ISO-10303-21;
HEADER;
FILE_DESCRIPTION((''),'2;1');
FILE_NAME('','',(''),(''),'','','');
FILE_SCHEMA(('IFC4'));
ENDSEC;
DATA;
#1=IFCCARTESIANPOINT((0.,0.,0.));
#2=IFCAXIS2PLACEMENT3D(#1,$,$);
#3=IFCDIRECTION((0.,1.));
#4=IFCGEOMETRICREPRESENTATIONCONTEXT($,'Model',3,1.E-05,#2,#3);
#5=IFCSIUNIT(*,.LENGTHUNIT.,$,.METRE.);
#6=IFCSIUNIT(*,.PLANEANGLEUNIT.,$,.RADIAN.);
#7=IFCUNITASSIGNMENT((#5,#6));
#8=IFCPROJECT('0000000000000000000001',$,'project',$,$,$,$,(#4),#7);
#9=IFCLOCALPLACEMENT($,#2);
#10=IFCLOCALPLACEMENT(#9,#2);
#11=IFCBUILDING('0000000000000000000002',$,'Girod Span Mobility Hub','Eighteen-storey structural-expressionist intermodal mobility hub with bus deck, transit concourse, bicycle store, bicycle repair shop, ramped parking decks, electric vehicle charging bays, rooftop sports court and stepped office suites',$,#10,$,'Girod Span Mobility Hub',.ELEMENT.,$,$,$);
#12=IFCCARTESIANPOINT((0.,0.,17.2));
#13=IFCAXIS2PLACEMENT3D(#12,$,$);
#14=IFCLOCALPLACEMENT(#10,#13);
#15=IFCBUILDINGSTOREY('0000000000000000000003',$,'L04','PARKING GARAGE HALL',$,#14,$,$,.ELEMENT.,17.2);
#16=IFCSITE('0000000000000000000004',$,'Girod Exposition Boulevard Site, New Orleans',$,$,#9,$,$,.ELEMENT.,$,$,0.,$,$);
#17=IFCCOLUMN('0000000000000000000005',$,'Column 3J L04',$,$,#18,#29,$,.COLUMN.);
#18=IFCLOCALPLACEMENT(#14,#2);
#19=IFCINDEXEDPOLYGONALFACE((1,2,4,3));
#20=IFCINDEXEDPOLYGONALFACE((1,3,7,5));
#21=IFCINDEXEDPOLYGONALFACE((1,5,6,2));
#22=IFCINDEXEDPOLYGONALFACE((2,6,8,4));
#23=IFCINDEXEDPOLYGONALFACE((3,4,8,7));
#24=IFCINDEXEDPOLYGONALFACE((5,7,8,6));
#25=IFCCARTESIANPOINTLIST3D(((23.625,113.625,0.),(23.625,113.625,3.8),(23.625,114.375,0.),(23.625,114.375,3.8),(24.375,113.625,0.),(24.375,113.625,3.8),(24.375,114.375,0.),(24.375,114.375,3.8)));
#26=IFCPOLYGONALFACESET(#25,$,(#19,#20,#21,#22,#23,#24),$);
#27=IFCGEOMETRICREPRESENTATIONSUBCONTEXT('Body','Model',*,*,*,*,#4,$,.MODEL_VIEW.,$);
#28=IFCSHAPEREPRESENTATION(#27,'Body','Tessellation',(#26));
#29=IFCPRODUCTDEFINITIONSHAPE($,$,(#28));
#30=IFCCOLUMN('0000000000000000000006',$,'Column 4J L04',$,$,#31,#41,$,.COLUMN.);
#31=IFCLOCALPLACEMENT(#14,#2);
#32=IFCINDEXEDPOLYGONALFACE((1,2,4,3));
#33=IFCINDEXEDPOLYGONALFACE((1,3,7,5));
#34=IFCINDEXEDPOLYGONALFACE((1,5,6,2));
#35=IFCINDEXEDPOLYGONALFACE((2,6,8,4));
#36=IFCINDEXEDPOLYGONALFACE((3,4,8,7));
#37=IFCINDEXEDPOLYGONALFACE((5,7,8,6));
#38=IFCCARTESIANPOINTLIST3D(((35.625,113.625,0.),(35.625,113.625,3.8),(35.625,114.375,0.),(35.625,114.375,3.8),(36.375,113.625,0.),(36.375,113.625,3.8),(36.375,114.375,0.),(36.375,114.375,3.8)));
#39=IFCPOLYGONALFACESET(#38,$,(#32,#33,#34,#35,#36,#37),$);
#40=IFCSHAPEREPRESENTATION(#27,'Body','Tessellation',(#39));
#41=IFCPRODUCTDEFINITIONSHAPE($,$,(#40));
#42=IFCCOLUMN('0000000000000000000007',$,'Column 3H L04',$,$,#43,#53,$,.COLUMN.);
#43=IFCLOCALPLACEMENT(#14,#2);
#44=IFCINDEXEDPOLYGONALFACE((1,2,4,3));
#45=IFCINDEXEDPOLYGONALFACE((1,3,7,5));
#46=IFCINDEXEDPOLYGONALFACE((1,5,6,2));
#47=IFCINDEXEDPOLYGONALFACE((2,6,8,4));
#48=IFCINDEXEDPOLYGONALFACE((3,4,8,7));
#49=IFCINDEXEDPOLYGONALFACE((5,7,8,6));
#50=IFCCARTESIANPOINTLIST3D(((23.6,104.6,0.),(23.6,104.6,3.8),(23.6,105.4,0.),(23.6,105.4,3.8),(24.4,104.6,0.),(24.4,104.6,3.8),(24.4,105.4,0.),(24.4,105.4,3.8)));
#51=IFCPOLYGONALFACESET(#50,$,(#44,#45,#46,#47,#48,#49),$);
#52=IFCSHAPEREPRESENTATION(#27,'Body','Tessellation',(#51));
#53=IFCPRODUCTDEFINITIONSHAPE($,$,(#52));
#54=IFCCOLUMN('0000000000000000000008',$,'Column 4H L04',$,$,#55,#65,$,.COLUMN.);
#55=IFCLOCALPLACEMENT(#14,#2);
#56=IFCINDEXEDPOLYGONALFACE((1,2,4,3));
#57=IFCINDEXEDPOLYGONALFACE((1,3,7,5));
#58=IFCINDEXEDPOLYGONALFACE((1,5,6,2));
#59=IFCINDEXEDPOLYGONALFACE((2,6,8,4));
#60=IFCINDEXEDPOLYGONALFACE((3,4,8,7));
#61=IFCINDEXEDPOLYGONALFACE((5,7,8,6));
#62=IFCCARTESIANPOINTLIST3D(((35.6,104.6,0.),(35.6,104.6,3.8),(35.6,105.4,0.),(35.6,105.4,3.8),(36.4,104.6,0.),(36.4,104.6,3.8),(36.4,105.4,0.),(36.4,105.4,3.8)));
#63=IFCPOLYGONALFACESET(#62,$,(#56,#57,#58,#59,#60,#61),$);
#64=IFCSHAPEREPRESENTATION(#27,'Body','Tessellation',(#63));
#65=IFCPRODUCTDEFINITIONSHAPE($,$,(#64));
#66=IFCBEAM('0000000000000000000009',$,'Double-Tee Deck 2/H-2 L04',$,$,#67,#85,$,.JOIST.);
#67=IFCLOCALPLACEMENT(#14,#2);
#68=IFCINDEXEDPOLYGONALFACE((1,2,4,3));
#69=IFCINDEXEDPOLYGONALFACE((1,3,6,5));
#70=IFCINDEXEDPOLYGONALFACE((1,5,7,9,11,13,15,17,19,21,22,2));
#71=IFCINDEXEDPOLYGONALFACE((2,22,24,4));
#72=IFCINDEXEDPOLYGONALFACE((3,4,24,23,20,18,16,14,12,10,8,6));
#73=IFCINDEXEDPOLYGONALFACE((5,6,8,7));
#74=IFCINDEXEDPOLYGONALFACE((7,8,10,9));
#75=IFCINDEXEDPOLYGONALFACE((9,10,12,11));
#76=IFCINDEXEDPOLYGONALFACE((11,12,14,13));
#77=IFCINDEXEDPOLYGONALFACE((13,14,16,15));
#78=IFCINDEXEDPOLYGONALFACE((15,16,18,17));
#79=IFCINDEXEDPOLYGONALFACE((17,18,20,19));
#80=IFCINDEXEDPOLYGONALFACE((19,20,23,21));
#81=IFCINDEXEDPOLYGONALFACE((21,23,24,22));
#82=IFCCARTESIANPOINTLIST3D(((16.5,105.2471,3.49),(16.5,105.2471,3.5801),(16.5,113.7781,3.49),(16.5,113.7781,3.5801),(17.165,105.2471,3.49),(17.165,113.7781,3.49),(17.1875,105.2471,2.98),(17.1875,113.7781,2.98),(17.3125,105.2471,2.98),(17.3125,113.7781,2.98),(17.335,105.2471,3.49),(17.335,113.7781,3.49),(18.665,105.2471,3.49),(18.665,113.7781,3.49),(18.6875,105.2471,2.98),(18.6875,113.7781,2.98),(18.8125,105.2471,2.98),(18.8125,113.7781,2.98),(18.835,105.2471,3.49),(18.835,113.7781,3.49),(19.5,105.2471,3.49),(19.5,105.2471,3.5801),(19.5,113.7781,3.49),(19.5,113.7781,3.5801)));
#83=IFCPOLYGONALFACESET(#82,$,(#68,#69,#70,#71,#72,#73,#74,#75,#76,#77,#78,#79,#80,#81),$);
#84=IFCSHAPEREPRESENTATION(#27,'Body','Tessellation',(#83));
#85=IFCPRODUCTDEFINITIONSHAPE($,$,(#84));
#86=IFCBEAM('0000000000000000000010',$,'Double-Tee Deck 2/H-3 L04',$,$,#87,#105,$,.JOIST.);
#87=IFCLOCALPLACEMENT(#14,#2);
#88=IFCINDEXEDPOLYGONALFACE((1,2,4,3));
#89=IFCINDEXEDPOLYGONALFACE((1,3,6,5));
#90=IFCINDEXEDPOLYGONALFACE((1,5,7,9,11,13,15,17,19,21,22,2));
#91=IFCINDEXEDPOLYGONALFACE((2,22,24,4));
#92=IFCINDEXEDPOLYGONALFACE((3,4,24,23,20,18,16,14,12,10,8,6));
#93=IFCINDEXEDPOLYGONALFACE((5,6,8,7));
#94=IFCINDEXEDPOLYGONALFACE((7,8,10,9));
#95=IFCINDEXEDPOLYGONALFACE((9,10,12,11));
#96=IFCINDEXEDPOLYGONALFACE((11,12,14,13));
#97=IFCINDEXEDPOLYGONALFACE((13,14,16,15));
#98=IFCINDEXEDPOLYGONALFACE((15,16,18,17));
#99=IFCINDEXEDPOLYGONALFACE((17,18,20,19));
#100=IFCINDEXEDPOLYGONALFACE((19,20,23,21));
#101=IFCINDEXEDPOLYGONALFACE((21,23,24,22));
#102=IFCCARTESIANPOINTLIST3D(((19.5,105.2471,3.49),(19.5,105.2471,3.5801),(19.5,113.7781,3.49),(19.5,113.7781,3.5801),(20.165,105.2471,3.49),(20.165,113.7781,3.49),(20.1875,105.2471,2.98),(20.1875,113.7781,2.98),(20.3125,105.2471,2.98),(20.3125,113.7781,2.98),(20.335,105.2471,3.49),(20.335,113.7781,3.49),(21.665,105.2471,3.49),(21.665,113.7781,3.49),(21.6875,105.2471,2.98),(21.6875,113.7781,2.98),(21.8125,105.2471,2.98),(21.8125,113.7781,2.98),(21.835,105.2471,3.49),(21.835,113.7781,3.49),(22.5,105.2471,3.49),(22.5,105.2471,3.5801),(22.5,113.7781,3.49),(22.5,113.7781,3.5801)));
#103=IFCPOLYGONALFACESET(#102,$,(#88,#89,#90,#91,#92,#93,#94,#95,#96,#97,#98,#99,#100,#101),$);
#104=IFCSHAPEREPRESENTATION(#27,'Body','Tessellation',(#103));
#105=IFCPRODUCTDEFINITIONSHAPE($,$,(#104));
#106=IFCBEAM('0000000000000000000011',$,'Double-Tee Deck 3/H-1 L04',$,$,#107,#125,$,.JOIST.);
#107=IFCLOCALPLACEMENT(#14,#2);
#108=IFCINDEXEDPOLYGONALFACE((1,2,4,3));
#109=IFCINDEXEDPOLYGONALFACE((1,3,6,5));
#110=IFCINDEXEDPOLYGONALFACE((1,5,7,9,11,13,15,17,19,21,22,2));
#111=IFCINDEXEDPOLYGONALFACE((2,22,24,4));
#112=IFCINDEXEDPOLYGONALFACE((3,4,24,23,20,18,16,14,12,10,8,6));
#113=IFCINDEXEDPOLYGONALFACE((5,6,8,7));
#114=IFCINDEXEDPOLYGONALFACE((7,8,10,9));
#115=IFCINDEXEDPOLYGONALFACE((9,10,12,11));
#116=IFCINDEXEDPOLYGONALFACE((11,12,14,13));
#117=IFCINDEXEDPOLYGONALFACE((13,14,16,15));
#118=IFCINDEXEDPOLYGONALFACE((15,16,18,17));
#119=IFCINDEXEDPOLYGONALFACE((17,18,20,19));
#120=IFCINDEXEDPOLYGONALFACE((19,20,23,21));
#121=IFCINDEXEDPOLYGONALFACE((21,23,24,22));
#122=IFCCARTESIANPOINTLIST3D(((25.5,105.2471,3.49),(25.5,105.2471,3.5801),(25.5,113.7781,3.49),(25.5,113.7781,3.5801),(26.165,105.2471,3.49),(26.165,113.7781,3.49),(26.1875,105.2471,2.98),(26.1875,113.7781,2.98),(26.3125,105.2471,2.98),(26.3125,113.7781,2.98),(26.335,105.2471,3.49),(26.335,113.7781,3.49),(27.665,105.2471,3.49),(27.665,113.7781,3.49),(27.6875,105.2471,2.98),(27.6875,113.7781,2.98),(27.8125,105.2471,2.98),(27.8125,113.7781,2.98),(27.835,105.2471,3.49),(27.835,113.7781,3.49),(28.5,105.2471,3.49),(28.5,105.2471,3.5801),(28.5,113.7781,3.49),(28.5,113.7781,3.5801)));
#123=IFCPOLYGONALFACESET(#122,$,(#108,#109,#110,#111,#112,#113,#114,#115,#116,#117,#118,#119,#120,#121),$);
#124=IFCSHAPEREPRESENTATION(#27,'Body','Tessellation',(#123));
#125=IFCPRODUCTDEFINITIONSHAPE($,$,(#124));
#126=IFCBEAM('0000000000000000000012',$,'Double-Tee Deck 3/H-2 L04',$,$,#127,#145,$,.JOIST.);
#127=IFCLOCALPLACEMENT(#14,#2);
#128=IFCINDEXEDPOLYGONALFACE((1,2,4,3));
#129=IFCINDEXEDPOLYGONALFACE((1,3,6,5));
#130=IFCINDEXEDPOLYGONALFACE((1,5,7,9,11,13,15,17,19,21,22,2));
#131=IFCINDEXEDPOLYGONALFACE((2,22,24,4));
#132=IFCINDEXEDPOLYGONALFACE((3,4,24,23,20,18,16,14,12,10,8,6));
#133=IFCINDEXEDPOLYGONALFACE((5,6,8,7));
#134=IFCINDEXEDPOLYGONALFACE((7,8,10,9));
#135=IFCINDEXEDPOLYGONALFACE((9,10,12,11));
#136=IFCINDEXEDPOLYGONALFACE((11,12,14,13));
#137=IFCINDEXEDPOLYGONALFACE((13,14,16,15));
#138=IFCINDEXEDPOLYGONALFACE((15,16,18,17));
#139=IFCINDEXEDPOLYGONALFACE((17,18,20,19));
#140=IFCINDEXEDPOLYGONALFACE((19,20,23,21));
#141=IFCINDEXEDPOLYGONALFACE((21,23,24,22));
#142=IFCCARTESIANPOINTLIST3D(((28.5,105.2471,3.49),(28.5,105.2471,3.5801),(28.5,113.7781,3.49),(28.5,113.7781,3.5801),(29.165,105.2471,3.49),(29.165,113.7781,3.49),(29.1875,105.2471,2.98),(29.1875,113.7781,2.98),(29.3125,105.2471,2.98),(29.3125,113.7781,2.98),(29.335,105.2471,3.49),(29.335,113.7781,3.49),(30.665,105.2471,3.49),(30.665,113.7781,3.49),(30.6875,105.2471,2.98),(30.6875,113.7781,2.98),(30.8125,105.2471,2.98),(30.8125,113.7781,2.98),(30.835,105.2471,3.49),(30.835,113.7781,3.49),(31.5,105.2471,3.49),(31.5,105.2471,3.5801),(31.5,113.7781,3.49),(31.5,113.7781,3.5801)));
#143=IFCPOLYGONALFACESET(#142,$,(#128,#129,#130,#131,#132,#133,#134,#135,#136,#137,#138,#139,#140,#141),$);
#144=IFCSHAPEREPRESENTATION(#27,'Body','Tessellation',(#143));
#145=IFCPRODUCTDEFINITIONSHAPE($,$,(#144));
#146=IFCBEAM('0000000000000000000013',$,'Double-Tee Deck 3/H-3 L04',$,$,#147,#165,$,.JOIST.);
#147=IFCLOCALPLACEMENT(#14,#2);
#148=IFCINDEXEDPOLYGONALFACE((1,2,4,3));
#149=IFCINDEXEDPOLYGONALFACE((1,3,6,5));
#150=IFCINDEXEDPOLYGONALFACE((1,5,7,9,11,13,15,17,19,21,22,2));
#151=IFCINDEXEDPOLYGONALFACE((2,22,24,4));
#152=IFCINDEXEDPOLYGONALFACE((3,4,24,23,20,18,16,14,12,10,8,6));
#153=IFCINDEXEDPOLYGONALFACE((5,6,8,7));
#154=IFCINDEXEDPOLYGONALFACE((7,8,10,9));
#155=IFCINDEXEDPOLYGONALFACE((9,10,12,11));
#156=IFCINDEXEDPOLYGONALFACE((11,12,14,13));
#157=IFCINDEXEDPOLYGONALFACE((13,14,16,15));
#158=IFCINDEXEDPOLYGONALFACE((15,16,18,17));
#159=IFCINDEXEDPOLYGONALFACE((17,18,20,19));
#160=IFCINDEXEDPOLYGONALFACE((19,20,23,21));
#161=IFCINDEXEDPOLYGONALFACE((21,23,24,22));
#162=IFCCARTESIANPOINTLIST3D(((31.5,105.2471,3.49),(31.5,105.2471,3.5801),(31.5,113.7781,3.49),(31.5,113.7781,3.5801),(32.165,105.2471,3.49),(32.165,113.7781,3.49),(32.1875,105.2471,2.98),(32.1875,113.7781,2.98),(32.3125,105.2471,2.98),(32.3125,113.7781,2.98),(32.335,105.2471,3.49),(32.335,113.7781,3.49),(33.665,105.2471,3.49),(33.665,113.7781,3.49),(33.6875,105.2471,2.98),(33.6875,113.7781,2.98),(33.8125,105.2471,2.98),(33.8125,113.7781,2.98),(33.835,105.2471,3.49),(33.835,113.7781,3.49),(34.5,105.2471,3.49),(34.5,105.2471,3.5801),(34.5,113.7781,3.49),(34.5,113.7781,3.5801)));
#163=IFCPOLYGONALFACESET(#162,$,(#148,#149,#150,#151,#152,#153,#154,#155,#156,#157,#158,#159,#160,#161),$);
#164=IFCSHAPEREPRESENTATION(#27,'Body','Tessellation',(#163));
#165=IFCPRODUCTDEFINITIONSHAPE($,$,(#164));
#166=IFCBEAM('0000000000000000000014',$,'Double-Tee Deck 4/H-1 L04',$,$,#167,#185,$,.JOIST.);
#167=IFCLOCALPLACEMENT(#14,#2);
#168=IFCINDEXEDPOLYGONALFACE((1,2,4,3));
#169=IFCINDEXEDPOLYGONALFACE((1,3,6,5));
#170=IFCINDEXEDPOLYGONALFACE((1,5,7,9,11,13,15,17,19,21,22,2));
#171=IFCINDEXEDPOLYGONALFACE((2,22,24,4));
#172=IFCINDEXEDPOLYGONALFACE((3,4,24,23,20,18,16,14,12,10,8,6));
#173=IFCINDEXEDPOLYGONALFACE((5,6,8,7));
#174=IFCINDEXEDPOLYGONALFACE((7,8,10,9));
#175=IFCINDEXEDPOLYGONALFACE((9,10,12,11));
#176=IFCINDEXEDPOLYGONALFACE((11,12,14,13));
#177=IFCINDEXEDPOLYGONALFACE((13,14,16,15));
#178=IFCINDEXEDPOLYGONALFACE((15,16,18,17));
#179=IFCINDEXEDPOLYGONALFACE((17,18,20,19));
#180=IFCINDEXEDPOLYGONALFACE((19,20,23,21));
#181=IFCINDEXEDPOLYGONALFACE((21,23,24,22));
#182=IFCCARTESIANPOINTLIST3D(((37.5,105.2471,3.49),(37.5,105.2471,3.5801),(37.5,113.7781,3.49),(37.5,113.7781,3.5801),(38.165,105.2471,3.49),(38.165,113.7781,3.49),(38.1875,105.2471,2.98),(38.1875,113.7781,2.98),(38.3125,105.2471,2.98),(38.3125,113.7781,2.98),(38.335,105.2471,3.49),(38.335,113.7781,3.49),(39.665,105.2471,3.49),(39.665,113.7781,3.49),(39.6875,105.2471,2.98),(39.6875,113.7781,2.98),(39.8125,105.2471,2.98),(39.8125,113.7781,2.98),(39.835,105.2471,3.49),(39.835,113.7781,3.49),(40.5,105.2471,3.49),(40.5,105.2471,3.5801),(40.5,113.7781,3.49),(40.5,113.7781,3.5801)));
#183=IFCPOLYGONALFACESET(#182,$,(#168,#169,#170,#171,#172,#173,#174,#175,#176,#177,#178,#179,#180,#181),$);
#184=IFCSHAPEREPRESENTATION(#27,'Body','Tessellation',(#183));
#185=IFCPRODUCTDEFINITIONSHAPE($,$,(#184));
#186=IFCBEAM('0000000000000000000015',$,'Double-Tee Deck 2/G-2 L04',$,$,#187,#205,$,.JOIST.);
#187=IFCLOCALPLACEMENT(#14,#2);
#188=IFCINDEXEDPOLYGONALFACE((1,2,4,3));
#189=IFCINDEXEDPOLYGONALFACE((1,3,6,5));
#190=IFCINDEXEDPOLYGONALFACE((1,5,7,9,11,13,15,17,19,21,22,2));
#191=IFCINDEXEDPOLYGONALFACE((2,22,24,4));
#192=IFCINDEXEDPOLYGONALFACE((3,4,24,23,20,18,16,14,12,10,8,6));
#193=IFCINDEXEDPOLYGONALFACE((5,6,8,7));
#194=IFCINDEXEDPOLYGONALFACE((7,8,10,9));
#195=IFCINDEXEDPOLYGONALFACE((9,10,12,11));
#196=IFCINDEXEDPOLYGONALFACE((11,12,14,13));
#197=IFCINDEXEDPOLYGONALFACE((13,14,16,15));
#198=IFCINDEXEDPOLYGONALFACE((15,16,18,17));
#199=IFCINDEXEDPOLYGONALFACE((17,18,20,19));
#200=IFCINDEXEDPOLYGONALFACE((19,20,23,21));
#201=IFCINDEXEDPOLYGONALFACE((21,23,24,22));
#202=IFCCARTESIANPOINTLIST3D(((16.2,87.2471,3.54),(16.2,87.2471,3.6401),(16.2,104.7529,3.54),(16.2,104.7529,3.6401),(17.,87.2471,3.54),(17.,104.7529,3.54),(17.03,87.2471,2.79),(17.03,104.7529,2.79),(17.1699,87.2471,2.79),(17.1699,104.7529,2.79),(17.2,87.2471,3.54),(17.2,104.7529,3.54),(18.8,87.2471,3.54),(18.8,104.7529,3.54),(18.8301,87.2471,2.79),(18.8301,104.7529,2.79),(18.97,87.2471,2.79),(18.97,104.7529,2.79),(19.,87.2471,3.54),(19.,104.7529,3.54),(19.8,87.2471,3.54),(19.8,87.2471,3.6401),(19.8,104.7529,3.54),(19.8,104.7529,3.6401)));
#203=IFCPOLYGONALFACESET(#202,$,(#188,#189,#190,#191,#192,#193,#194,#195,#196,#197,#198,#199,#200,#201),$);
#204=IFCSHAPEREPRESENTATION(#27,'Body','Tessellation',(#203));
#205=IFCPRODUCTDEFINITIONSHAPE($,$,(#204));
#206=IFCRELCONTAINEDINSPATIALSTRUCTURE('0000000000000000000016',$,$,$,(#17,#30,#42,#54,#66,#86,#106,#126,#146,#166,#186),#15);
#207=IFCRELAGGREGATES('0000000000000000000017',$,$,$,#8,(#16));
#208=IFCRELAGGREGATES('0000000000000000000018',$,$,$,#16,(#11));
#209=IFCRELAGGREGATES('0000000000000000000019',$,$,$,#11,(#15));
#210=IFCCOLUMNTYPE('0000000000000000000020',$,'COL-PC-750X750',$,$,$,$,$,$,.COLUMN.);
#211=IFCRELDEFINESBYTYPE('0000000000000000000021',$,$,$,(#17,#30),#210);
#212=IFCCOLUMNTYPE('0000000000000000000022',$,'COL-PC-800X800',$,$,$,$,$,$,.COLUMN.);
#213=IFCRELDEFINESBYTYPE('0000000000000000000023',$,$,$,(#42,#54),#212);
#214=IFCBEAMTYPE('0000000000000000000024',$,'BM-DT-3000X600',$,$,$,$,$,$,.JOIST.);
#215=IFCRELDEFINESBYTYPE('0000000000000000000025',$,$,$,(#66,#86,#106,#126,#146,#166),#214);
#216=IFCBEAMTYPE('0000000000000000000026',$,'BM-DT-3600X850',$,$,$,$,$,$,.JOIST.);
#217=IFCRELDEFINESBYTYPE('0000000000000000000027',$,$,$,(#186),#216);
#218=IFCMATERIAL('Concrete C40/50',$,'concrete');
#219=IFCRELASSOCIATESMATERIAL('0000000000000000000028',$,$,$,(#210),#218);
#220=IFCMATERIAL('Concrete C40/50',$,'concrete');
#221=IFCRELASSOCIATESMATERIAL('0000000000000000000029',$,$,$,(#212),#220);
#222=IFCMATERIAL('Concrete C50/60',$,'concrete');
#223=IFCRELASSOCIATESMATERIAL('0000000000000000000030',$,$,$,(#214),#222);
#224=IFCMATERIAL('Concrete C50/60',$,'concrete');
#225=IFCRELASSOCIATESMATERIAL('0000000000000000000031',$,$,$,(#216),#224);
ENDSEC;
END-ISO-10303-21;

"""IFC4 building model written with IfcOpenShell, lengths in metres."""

from ifc_helpers import new_model, si_unit, direction, frame, origin, origin_2d, place, context, subcontext, project, spatial, polyline, rectangle, outline, extrude, material, material_profile, profile_set, type_object, element, save


model = new_model("IFC4")

# Units and contexts
model_context = context("Model", 3, precision=1e-05, world=origin(), true_north=direction((0.0, 1.0)))
body_context = subcontext(model_context, "Body", "Model", "MODEL_VIEW")
ifc_project = project(units=[si_unit("LENGTHUNIT", "METRE"), si_unit("PLANEANGLEUNIT", "RADIAN")], contexts=[model_context])

# Site, building, storey
site_placement = place(None, origin())
site = spatial("IfcSite", under=ifc_project, at=site_placement, Name="Girod Exposition Boulevard Site, New Orleans", CompositionType="ELEMENT", RefElevation=0.0)
building_placement = place(site_placement, origin())
building = spatial("IfcBuilding", under=site, at=building_placement, Name="Girod Span Mobility Hub", Description="Eighteen-storey structural-expressionist intermodal mobility hub with bus deck, transit concourse, bicycle store, bicycle repair shop, ramped parking decks, electric vehicle charging bays, rooftop sports court and stepped office suites", LongName="Girod Span Mobility Hub", CompositionType="ELEMENT")
storey_placement = place(building_placement, frame((0.0, 0.0, 17.2)))
storey = spatial("IfcBuildingStorey", under=building, at=storey_placement, Name="L04", Description="PARKING GARAGE HALL", CompositionType="ELEMENT", Elevation=17.2)

# Columns
ifc_material_1 = material(Name="Concrete C40/50", Category="concrete")
ifc_material_profile_1 = material_profile(ifc_material_1, rectangle(XDim=0.75, YDim=0.75, at=origin_2d()), Name="PC-COL-750X750")
ifc_profile_set_1 = profile_set([ifc_material_profile_1], Name="Concrete C40/50")
column_type_1 = type_object("IfcColumnType", Name="COL-PC-750X750", PredefinedType="COLUMN", material=ifc_profile_set_1)
for number, where, z_axis, x_axis, name in (
    (1, (24.0, 114.0, 0.0), (0.0, 0.0, 1.0), (1.0, 0.0, 0.0), "Column 3J L04"),
    (2, (36.0, 114.0, 0.0), (0.0, 0.0, 1.0), (1.0, 0.0, 0.0), "Column 4J L04"),
):
    element("IfcColumn", number, at=place(storey_placement, frame(where, z_axis=z_axis, x_axis=x_axis)), inside=storey, type_object=column_type_1, Name=name, PredefinedType="COLUMN", context=body_context, shape_type="SweptSolid", body=[
        extrude(rectangle(XDim=0.75, YDim=0.75, at=origin_2d()), origin(), (0.0, 0.0, 1.0), 3.8),
    ])
ifc_material_2 = material(Name="Concrete C40/50", Category="concrete")
ifc_material_profile_2 = material_profile(ifc_material_2, rectangle(XDim=0.8, YDim=0.8, at=origin_2d()), Name="PC-COL-800X800")
ifc_profile_set_2 = profile_set([ifc_material_profile_2], Name="Concrete C40/50")
column_type_2 = type_object("IfcColumnType", Name="COL-PC-800X800", PredefinedType="COLUMN", material=ifc_profile_set_2)
for number, where, z_axis, x_axis, name in (
    (3, (24.0, 105.0, 0.0), (0.0, 0.0, 1.0), (1.0, 0.0, 0.0), "Column 3H L04"),
    (4, (36.0, 105.0, 0.0), (0.0, 0.0, 1.0), (1.0, 0.0, 0.0), "Column 4H L04"),
):
    element("IfcColumn", number, at=place(storey_placement, frame(where, z_axis=z_axis, x_axis=x_axis)), inside=storey, type_object=column_type_2, Name=name, PredefinedType="COLUMN", context=body_context, shape_type="SweptSolid", body=[
        extrude(rectangle(XDim=0.8, YDim=0.8, at=origin_2d()), origin(), (0.0, 0.0, 1.0), 3.8),
    ])

# Beams
ifc_material_3 = material(Name="Concrete C50/60", Category="concrete")
ifc_material_profile_3 = material_profile(ifc_material_3, outline(polyline([(-1.5, 0.3), (-1.5, 0.21), (-0.835, 0.21), (-0.8125, -0.3), (-0.6875, -0.3), (-0.665, 0.21), (0.665, 0.21), (0.6875, -0.3), (0.8125, -0.3), (0.835, 0.21), (1.5, 0.21), (1.5, 0.3), (-1.5, 0.3)])), Name="DT-3000X600")
ifc_profile_set_3 = profile_set([ifc_material_profile_3], Name="Concrete C50/60")
beam_type_1 = type_object("IfcBeamType", Name="BM-DT-3000X600", PredefinedType="JOIST", material=ifc_profile_set_3)
for number, where, z_axis, x_axis, name in (
    (5, (18.0, 105.2471, 3.28), (0.0, 1.0, 0.0), (-1.0, 0.0, 0.0), "Double-Tee Deck 2/H-2 L04"),
    (6, (21.0, 105.2471, 3.28), (0.0, 1.0, 0.0), (-1.0, 0.0, 0.0), "Double-Tee Deck 2/H-3 L04"),
    (7, (27.0, 105.2471, 3.28), (0.0, 1.0, 0.0), (-1.0, 0.0, 0.0), "Double-Tee Deck 3/H-1 L04"),
    (8, (30.0, 105.2471, 3.28), (0.0, 1.0, 0.0), (-1.0, 0.0, 0.0), "Double-Tee Deck 3/H-2 L04"),
    (9, (33.0, 105.2471, 3.28), (0.0, 1.0, 0.0), (-1.0, 0.0, 0.0), "Double-Tee Deck 3/H-3 L04"),
    (10, (39.0, 105.2471, 3.28), (0.0, 1.0, 0.0), (-1.0, 0.0, 0.0), "Double-Tee Deck 4/H-1 L04"),
):
    element("IfcBeam", number, at=place(storey_placement, frame(where, z_axis=z_axis, x_axis=x_axis)), inside=storey, type_object=beam_type_1, Name=name, PredefinedType="JOIST", context=body_context, shape_type="SweptSolid", body=[
        extrude(outline(polyline([(-1.5, 0.3), (-1.5, 0.21), (-0.835, 0.21), (-0.8125, -0.3), (-0.6875, -0.3), (-0.665, 0.21), (0.665, 0.21), (0.6875, -0.3), (0.8125, -0.3), (0.835, 0.21), (1.5, 0.21), (1.5, 0.3), (-1.5, 0.3)])), origin(), (0.0, 0.0, 1.0), 8.531),
    ])
ifc_material_4 = material(Name="Concrete C50/60", Category="concrete")
ifc_material_profile_4 = material_profile(ifc_material_4, outline(polyline([(-1.8, 0.425), (-1.8, 0.325), (-1.0, 0.325), (-0.97, -0.425), (-0.8301, -0.425), (-0.8, 0.325), (0.8, 0.325), (0.8301, -0.425), (0.97, -0.425), (1.0, 0.325), (1.8, 0.325), (1.8, 0.425), (-1.8, 0.425)])), Name="DT-3600X850")
ifc_profile_set_4 = profile_set([ifc_material_profile_4], Name="Concrete C50/60")
beam_type_2 = type_object("IfcBeamType", Name="BM-DT-3600X850", PredefinedType="JOIST", material=ifc_profile_set_4)
for number, where, z_axis, x_axis, name in (
    (11, (18.0, 87.2471, 3.2151), (0.0, 1.0, 0.0), (-1.0, 0.0, 0.0), "Double-Tee Deck 2/G-2 L04"),
):
    element("IfcBeam", number, at=place(storey_placement, frame(where, z_axis=z_axis, x_axis=x_axis)), inside=storey, type_object=beam_type_2, Name=name, PredefinedType="JOIST", context=body_context, shape_type="SweptSolid", body=[
        extrude(outline(polyline([(-1.8, 0.425), (-1.8, 0.325), (-1.0, 0.325), (-0.97, -0.425), (-0.8301, -0.425), (-0.8, 0.325), (0.8, 0.325), (0.8301, -0.425), (0.97, -0.425), (1.0, 0.325), (1.8, 0.325), (1.8, 0.425), (-1.8, 0.425)])), origin(), (0.0, 0.0, 1.0), 17.5059),
    ])

save(model, "model.ifc")
